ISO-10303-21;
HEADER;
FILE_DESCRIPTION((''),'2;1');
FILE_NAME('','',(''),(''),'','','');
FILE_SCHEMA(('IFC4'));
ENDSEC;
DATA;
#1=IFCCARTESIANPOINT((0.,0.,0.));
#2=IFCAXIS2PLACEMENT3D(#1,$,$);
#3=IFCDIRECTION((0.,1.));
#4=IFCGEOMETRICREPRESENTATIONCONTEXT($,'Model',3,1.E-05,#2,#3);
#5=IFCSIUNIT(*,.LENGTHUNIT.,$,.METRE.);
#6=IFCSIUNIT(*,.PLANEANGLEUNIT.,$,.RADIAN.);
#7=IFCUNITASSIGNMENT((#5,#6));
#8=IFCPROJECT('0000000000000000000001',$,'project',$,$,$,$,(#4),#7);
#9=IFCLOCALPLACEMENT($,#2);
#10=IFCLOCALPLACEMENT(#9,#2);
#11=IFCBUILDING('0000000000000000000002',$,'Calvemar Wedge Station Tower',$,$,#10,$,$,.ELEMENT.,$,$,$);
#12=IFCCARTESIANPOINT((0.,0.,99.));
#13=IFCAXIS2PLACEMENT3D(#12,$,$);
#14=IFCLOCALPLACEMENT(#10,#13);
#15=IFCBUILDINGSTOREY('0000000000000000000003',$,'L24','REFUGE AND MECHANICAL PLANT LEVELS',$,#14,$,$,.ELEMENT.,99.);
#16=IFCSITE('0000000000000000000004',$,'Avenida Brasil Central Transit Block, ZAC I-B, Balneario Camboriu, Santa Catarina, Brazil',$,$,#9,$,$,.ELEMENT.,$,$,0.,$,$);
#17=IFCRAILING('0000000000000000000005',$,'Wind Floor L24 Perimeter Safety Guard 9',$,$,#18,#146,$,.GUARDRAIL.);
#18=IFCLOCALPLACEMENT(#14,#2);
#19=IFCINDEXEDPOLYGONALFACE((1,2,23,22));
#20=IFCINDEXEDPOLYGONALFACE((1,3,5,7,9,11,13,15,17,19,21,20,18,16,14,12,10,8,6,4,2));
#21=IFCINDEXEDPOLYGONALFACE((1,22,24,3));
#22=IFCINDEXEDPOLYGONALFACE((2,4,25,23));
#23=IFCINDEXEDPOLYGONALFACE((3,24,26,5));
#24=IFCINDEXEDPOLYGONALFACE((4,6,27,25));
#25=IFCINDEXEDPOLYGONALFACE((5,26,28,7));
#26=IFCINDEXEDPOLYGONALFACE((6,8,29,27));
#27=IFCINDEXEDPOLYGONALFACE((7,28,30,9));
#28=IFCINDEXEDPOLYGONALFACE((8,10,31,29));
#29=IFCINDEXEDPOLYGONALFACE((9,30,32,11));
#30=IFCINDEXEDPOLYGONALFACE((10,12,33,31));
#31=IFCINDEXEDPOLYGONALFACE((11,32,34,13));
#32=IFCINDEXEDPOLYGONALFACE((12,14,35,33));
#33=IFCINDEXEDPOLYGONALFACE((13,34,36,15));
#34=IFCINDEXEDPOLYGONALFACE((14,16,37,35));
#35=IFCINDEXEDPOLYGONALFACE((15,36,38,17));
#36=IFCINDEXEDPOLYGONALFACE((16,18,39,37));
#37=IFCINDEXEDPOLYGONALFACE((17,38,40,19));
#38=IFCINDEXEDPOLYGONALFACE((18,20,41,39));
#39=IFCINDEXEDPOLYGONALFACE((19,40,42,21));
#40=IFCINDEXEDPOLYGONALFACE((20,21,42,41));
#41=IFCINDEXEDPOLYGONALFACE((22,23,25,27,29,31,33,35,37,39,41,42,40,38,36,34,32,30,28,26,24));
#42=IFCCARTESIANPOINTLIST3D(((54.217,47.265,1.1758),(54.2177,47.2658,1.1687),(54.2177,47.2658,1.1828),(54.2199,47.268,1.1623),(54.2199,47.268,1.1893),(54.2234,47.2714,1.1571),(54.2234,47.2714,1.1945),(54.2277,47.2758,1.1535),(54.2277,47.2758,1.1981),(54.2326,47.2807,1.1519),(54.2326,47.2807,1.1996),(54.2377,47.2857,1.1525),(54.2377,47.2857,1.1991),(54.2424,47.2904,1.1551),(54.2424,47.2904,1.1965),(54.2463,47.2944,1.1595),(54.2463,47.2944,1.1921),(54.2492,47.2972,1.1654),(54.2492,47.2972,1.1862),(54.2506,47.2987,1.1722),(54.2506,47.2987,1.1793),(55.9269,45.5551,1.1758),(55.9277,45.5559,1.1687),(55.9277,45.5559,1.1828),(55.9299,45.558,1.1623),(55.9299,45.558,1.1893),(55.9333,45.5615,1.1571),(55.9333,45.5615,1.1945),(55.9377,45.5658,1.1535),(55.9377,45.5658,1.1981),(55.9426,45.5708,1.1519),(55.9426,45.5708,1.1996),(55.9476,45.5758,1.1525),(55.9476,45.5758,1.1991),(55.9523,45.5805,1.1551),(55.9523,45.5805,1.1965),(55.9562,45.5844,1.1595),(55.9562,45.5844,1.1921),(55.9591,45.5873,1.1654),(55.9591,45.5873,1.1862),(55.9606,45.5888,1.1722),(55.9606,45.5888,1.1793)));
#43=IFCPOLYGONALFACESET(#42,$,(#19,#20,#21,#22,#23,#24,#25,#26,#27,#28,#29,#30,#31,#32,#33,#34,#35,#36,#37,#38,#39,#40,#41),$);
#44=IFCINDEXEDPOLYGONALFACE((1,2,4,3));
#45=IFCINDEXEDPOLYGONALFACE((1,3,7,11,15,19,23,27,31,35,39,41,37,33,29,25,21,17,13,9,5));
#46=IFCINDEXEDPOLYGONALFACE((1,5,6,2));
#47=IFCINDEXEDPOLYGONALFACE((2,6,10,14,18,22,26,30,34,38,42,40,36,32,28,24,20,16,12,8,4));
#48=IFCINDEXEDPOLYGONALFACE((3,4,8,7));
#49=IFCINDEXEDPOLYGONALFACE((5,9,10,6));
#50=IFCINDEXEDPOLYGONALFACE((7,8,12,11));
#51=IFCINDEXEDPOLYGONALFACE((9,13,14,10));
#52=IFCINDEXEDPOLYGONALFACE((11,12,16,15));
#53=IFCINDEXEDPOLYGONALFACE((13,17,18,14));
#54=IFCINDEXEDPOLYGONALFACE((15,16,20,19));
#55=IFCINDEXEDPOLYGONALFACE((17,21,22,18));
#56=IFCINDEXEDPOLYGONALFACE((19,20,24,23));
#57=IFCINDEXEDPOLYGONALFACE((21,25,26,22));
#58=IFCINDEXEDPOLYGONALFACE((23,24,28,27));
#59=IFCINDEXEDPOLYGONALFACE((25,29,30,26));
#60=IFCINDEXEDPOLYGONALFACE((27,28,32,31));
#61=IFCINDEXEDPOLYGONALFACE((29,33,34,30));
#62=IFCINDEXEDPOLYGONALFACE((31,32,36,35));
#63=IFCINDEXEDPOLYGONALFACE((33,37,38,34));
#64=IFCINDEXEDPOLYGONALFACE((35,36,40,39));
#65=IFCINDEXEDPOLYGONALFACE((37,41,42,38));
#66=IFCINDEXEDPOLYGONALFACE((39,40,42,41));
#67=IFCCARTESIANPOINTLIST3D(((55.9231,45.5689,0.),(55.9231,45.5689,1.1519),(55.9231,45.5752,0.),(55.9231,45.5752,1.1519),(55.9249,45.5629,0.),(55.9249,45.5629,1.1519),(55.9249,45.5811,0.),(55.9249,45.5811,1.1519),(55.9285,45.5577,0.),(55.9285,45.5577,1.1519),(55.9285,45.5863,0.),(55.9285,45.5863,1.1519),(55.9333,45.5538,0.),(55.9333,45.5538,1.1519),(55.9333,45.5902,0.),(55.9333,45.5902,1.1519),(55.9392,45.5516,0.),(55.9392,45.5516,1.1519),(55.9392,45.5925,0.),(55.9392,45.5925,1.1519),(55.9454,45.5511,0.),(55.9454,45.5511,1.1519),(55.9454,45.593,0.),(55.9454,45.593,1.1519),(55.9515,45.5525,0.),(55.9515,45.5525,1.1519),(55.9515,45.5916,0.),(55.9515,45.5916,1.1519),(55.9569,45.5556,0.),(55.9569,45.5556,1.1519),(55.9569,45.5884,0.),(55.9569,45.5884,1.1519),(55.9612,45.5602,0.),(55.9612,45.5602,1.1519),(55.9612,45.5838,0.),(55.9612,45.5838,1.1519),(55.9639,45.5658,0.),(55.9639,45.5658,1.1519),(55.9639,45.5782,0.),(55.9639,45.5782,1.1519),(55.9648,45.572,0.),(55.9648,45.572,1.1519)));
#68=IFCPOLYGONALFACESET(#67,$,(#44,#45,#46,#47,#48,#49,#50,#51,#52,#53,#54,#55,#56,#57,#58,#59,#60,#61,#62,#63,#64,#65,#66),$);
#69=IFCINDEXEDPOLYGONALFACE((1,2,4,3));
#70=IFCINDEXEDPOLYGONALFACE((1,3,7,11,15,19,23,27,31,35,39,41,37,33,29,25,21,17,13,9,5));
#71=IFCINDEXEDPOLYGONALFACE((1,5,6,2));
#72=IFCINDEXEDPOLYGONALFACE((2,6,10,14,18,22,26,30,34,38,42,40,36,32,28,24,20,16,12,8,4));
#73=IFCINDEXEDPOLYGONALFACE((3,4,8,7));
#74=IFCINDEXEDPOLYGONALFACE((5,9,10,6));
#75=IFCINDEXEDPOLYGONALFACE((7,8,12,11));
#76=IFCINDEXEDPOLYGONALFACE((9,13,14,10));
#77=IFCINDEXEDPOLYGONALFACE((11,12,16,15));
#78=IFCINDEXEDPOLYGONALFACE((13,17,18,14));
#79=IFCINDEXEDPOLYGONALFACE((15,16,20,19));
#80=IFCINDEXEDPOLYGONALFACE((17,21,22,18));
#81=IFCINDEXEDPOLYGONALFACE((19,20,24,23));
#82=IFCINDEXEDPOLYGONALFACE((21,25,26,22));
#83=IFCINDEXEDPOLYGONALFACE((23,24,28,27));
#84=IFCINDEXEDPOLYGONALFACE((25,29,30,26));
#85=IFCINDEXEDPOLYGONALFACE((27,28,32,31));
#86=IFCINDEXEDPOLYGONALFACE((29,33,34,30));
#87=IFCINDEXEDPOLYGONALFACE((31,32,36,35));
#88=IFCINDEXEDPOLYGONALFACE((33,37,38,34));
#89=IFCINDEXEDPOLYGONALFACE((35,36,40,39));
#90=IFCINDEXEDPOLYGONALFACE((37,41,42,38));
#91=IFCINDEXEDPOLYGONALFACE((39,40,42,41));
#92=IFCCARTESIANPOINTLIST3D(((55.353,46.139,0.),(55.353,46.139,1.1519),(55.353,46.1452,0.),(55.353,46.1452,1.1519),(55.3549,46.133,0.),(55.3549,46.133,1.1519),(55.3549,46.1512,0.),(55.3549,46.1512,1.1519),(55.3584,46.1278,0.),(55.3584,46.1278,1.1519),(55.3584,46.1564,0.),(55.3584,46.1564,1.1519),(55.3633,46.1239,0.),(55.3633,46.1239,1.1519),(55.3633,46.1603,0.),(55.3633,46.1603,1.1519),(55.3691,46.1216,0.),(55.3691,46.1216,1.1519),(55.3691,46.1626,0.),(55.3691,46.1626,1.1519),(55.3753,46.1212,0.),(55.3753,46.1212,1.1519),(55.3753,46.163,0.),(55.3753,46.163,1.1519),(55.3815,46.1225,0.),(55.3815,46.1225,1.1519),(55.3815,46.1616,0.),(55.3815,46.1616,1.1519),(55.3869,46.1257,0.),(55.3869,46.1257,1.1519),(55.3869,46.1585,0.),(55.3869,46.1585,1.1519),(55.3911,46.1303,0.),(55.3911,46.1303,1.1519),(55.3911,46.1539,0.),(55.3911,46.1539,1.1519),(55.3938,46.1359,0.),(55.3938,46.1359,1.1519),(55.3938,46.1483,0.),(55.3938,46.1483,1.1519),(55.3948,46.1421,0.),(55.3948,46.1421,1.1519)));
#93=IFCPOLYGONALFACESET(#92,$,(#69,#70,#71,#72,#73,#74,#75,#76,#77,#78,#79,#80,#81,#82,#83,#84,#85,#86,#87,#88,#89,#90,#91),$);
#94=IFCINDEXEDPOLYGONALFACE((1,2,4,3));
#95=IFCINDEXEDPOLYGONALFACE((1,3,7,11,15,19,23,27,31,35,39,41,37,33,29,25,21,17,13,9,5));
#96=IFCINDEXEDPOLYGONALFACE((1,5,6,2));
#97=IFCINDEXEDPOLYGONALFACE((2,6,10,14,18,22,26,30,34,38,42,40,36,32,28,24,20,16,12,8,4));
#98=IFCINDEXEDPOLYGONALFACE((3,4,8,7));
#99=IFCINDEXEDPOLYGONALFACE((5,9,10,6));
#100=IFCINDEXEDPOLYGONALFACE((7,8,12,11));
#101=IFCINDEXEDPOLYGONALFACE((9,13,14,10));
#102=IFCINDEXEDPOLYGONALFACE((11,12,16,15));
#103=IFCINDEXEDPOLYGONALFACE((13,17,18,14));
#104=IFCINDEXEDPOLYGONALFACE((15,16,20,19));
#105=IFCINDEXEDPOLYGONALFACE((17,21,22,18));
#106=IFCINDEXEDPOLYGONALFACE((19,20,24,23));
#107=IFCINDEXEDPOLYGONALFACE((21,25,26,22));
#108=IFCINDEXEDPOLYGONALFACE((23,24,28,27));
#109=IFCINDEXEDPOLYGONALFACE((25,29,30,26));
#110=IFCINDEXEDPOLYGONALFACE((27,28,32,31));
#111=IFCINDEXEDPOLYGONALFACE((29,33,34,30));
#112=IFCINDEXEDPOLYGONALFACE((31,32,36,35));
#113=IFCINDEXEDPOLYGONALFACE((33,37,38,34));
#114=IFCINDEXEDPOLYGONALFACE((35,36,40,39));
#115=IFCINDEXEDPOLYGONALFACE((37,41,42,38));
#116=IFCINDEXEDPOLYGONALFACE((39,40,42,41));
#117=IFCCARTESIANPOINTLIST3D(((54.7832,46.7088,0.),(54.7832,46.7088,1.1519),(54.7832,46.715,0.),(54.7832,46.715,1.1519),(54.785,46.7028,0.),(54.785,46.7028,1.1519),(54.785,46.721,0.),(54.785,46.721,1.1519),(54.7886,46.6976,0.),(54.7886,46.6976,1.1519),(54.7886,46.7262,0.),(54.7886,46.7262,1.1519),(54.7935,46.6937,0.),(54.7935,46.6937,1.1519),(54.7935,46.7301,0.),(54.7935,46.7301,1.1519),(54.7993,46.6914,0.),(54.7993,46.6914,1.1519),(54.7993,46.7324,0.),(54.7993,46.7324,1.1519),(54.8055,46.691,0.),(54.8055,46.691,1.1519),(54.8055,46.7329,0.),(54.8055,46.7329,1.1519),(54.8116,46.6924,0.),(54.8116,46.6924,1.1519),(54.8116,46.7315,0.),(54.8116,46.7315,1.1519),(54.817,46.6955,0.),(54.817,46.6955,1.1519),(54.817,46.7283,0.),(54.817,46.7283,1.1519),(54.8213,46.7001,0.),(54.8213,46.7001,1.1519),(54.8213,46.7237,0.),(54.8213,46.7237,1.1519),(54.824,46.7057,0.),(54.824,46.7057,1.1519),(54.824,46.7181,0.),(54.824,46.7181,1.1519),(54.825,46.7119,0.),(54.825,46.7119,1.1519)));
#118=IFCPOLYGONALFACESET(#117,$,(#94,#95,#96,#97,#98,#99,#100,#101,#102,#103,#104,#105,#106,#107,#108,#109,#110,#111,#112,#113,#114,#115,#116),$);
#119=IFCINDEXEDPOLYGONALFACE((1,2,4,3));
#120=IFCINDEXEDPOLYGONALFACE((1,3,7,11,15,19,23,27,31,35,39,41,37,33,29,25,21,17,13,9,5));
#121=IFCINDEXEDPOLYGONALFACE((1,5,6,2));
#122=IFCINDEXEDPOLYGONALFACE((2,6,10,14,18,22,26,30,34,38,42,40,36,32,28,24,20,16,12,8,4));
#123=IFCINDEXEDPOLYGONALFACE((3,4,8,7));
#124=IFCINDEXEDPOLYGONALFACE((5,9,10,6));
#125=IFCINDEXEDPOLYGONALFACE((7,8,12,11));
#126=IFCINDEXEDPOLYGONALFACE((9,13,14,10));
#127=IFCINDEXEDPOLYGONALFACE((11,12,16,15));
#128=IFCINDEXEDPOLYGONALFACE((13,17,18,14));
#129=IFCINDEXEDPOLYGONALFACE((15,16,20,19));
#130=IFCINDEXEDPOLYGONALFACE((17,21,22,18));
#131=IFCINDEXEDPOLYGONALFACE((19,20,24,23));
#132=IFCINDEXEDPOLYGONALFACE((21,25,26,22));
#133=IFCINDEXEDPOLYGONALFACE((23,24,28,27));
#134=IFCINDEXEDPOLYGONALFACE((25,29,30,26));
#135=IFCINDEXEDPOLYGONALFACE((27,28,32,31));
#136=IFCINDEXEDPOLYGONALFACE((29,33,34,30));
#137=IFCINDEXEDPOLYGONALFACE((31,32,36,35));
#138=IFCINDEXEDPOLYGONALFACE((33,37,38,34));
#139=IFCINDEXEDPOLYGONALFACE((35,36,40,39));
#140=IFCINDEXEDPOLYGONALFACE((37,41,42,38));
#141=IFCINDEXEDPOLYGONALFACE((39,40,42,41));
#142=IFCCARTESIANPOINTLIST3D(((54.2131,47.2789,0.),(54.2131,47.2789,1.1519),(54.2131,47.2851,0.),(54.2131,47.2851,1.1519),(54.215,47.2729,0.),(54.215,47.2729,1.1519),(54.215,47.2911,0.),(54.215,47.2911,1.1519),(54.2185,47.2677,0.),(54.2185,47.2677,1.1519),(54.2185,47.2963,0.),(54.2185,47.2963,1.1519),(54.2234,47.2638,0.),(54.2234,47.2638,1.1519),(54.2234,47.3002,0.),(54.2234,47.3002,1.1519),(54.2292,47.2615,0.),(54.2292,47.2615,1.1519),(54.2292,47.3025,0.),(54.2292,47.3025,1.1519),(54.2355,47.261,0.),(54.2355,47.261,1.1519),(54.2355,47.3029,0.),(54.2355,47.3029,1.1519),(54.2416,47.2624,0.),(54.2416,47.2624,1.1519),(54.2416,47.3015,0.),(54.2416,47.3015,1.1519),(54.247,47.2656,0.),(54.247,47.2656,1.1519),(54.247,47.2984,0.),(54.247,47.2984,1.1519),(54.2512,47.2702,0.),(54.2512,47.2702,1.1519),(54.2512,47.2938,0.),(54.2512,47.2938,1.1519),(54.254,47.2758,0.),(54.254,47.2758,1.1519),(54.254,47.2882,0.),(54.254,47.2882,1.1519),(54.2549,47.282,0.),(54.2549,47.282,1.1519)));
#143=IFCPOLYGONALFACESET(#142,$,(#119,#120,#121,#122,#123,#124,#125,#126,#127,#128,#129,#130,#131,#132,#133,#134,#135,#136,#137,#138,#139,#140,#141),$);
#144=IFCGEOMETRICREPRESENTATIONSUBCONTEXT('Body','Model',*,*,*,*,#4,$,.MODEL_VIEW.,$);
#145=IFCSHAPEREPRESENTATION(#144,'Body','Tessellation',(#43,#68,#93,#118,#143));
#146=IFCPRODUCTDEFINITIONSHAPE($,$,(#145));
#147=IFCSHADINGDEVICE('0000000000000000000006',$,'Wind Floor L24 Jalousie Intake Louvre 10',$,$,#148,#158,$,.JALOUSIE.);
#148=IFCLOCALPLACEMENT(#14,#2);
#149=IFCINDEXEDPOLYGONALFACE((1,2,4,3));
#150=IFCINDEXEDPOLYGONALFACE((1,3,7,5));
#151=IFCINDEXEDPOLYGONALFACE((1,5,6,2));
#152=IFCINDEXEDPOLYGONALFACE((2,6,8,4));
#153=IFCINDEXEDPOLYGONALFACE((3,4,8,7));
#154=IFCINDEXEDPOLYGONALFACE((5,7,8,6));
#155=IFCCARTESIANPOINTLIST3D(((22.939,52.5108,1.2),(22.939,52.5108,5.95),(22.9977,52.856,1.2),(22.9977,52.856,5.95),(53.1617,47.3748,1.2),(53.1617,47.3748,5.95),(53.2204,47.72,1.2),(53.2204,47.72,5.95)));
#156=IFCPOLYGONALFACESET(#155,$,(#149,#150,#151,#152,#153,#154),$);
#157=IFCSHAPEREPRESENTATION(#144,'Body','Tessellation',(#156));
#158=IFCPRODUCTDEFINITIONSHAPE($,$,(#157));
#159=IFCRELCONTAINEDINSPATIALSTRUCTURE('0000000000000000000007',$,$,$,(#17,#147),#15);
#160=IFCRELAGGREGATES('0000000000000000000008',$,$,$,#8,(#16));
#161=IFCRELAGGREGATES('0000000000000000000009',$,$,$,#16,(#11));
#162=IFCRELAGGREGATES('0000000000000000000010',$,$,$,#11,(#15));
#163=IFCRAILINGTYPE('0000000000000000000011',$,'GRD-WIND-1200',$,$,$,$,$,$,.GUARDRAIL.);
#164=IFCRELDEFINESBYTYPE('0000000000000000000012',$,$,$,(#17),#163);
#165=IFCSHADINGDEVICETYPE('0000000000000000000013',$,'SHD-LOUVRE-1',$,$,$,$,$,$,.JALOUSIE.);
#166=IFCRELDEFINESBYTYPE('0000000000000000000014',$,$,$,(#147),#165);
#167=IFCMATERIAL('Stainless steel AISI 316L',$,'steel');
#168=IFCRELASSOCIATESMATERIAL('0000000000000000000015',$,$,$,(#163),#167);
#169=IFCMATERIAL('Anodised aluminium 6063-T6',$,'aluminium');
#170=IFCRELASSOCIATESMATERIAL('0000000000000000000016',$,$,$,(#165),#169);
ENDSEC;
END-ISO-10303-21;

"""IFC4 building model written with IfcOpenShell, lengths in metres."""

from ifc_helpers import new_model, si_unit, direction, frame, frame_2d, origin, origin_2d, place, context, subcontext, project, spatial, rectangle, circle, extrude, material, type_object, element, save


model = new_model("IFC4")

# Units and contexts
model_context = context("Model", 3, precision=1e-05, world=origin(), true_north=direction((0.0, 1.0)))
body_context = subcontext(model_context, "Body", "Model", "MODEL_VIEW")
ifc_project = project(units=[si_unit("LENGTHUNIT", "METRE"), si_unit("PLANEANGLEUNIT", "RADIAN")], contexts=[model_context])

# Site, building, storey
site_placement = place(None, origin())
site = spatial("IfcSite", under=ifc_project, at=site_placement, Name="Avenida Brasil Central Transit Block, ZAC I-B, Balneario Camboriu, Santa Catarina, Brazil", CompositionType="ELEMENT", RefElevation=0.0)
building_placement = place(site_placement, origin())
building = spatial("IfcBuilding", under=site, at=building_placement, Name="Calvemar Wedge Station Tower", CompositionType="ELEMENT")
storey_placement = place(building_placement, frame((0.0, 0.0, 99.0)))
storey = spatial("IfcBuildingStorey", under=building, at=storey_placement, Name="L24", Description="REFUGE AND MECHANICAL PLANT LEVELS", CompositionType="ELEMENT", Elevation=99.0)

# Railing
ifc_material_1 = material(Name="Stainless steel AISI 316L", Category="steel")
railing_type = type_object("IfcRailingType", Name="GRD-WIND-1200", PredefinedType="GUARDRAIL", material=ifc_material_1)
railing_1_placement = place(storey_placement, frame((55.9438, 45.572, 0.0)))
element("IfcRailing", 1, at=railing_1_placement, inside=storey, type_object=railing_type, Name="Wind Floor L24 Perimeter Safety Guard 9", PredefinedType="GUARDRAIL", context=body_context, shape_type="SweptSolid", body=[
    extrude(circle(Radius=0.0239, at=origin_2d()), frame((0.0, 0.0, 1.1758), z_axis=(-0.707107, 0.707107, 0.0), x_axis=(-0.707107, -0.707107, 0.0)), (0.0, 0.0, 1.0), 2.4182),
    extrude(circle(Radius=0.021, at=origin_2d()), origin(), (0.0, 0.0, 1.0), 1.1519),
    extrude(circle(Radius=0.021, at=origin_2d()), frame((-0.5701, 0.5701, 0.0)), (0.0, 0.0, 1.0), 1.1519),
    extrude(circle(Radius=0.021, at=origin_2d()), frame((-1.1399, 1.1399, 0.0)), (0.0, 0.0, 1.0), 1.1519),
    extrude(circle(Radius=0.021, at=origin_2d()), frame((-1.71, 1.71, 0.0)), (0.0, 0.0, 1.0), 1.1519),
])

# Shading device
ifc_material_2 = material(Name="Anodised aluminium 6063-T6", Category="aluminium")
shading_device_type = type_object("IfcShadingDeviceType", Name="SHD-LOUVRE-1", PredefinedType="JALOUSIE", material=ifc_material_2)
shading_device_placement = place(storey_placement, frame((53.1912, 47.5474, 1.2), z_axis=(0.0, 0.0, 1.0), x_axis=(-0.985866, 0.167536, 0.0)))
element("IfcShadingDevice", 2, at=shading_device_placement, inside=storey, type_object=shading_device_type, Name="Wind Floor L24 Jalousie Intake Louvre 10", PredefinedType="JALOUSIE", context=body_context, shape_type="SweptSolid", body=[
    extrude(rectangle(XDim=30.656, YDim=0.3501, at=frame_2d((15.3281, 0.0))), origin(), (0.0, 0.0, 1.0), 4.75),
])

save(model, "model.ifc")
